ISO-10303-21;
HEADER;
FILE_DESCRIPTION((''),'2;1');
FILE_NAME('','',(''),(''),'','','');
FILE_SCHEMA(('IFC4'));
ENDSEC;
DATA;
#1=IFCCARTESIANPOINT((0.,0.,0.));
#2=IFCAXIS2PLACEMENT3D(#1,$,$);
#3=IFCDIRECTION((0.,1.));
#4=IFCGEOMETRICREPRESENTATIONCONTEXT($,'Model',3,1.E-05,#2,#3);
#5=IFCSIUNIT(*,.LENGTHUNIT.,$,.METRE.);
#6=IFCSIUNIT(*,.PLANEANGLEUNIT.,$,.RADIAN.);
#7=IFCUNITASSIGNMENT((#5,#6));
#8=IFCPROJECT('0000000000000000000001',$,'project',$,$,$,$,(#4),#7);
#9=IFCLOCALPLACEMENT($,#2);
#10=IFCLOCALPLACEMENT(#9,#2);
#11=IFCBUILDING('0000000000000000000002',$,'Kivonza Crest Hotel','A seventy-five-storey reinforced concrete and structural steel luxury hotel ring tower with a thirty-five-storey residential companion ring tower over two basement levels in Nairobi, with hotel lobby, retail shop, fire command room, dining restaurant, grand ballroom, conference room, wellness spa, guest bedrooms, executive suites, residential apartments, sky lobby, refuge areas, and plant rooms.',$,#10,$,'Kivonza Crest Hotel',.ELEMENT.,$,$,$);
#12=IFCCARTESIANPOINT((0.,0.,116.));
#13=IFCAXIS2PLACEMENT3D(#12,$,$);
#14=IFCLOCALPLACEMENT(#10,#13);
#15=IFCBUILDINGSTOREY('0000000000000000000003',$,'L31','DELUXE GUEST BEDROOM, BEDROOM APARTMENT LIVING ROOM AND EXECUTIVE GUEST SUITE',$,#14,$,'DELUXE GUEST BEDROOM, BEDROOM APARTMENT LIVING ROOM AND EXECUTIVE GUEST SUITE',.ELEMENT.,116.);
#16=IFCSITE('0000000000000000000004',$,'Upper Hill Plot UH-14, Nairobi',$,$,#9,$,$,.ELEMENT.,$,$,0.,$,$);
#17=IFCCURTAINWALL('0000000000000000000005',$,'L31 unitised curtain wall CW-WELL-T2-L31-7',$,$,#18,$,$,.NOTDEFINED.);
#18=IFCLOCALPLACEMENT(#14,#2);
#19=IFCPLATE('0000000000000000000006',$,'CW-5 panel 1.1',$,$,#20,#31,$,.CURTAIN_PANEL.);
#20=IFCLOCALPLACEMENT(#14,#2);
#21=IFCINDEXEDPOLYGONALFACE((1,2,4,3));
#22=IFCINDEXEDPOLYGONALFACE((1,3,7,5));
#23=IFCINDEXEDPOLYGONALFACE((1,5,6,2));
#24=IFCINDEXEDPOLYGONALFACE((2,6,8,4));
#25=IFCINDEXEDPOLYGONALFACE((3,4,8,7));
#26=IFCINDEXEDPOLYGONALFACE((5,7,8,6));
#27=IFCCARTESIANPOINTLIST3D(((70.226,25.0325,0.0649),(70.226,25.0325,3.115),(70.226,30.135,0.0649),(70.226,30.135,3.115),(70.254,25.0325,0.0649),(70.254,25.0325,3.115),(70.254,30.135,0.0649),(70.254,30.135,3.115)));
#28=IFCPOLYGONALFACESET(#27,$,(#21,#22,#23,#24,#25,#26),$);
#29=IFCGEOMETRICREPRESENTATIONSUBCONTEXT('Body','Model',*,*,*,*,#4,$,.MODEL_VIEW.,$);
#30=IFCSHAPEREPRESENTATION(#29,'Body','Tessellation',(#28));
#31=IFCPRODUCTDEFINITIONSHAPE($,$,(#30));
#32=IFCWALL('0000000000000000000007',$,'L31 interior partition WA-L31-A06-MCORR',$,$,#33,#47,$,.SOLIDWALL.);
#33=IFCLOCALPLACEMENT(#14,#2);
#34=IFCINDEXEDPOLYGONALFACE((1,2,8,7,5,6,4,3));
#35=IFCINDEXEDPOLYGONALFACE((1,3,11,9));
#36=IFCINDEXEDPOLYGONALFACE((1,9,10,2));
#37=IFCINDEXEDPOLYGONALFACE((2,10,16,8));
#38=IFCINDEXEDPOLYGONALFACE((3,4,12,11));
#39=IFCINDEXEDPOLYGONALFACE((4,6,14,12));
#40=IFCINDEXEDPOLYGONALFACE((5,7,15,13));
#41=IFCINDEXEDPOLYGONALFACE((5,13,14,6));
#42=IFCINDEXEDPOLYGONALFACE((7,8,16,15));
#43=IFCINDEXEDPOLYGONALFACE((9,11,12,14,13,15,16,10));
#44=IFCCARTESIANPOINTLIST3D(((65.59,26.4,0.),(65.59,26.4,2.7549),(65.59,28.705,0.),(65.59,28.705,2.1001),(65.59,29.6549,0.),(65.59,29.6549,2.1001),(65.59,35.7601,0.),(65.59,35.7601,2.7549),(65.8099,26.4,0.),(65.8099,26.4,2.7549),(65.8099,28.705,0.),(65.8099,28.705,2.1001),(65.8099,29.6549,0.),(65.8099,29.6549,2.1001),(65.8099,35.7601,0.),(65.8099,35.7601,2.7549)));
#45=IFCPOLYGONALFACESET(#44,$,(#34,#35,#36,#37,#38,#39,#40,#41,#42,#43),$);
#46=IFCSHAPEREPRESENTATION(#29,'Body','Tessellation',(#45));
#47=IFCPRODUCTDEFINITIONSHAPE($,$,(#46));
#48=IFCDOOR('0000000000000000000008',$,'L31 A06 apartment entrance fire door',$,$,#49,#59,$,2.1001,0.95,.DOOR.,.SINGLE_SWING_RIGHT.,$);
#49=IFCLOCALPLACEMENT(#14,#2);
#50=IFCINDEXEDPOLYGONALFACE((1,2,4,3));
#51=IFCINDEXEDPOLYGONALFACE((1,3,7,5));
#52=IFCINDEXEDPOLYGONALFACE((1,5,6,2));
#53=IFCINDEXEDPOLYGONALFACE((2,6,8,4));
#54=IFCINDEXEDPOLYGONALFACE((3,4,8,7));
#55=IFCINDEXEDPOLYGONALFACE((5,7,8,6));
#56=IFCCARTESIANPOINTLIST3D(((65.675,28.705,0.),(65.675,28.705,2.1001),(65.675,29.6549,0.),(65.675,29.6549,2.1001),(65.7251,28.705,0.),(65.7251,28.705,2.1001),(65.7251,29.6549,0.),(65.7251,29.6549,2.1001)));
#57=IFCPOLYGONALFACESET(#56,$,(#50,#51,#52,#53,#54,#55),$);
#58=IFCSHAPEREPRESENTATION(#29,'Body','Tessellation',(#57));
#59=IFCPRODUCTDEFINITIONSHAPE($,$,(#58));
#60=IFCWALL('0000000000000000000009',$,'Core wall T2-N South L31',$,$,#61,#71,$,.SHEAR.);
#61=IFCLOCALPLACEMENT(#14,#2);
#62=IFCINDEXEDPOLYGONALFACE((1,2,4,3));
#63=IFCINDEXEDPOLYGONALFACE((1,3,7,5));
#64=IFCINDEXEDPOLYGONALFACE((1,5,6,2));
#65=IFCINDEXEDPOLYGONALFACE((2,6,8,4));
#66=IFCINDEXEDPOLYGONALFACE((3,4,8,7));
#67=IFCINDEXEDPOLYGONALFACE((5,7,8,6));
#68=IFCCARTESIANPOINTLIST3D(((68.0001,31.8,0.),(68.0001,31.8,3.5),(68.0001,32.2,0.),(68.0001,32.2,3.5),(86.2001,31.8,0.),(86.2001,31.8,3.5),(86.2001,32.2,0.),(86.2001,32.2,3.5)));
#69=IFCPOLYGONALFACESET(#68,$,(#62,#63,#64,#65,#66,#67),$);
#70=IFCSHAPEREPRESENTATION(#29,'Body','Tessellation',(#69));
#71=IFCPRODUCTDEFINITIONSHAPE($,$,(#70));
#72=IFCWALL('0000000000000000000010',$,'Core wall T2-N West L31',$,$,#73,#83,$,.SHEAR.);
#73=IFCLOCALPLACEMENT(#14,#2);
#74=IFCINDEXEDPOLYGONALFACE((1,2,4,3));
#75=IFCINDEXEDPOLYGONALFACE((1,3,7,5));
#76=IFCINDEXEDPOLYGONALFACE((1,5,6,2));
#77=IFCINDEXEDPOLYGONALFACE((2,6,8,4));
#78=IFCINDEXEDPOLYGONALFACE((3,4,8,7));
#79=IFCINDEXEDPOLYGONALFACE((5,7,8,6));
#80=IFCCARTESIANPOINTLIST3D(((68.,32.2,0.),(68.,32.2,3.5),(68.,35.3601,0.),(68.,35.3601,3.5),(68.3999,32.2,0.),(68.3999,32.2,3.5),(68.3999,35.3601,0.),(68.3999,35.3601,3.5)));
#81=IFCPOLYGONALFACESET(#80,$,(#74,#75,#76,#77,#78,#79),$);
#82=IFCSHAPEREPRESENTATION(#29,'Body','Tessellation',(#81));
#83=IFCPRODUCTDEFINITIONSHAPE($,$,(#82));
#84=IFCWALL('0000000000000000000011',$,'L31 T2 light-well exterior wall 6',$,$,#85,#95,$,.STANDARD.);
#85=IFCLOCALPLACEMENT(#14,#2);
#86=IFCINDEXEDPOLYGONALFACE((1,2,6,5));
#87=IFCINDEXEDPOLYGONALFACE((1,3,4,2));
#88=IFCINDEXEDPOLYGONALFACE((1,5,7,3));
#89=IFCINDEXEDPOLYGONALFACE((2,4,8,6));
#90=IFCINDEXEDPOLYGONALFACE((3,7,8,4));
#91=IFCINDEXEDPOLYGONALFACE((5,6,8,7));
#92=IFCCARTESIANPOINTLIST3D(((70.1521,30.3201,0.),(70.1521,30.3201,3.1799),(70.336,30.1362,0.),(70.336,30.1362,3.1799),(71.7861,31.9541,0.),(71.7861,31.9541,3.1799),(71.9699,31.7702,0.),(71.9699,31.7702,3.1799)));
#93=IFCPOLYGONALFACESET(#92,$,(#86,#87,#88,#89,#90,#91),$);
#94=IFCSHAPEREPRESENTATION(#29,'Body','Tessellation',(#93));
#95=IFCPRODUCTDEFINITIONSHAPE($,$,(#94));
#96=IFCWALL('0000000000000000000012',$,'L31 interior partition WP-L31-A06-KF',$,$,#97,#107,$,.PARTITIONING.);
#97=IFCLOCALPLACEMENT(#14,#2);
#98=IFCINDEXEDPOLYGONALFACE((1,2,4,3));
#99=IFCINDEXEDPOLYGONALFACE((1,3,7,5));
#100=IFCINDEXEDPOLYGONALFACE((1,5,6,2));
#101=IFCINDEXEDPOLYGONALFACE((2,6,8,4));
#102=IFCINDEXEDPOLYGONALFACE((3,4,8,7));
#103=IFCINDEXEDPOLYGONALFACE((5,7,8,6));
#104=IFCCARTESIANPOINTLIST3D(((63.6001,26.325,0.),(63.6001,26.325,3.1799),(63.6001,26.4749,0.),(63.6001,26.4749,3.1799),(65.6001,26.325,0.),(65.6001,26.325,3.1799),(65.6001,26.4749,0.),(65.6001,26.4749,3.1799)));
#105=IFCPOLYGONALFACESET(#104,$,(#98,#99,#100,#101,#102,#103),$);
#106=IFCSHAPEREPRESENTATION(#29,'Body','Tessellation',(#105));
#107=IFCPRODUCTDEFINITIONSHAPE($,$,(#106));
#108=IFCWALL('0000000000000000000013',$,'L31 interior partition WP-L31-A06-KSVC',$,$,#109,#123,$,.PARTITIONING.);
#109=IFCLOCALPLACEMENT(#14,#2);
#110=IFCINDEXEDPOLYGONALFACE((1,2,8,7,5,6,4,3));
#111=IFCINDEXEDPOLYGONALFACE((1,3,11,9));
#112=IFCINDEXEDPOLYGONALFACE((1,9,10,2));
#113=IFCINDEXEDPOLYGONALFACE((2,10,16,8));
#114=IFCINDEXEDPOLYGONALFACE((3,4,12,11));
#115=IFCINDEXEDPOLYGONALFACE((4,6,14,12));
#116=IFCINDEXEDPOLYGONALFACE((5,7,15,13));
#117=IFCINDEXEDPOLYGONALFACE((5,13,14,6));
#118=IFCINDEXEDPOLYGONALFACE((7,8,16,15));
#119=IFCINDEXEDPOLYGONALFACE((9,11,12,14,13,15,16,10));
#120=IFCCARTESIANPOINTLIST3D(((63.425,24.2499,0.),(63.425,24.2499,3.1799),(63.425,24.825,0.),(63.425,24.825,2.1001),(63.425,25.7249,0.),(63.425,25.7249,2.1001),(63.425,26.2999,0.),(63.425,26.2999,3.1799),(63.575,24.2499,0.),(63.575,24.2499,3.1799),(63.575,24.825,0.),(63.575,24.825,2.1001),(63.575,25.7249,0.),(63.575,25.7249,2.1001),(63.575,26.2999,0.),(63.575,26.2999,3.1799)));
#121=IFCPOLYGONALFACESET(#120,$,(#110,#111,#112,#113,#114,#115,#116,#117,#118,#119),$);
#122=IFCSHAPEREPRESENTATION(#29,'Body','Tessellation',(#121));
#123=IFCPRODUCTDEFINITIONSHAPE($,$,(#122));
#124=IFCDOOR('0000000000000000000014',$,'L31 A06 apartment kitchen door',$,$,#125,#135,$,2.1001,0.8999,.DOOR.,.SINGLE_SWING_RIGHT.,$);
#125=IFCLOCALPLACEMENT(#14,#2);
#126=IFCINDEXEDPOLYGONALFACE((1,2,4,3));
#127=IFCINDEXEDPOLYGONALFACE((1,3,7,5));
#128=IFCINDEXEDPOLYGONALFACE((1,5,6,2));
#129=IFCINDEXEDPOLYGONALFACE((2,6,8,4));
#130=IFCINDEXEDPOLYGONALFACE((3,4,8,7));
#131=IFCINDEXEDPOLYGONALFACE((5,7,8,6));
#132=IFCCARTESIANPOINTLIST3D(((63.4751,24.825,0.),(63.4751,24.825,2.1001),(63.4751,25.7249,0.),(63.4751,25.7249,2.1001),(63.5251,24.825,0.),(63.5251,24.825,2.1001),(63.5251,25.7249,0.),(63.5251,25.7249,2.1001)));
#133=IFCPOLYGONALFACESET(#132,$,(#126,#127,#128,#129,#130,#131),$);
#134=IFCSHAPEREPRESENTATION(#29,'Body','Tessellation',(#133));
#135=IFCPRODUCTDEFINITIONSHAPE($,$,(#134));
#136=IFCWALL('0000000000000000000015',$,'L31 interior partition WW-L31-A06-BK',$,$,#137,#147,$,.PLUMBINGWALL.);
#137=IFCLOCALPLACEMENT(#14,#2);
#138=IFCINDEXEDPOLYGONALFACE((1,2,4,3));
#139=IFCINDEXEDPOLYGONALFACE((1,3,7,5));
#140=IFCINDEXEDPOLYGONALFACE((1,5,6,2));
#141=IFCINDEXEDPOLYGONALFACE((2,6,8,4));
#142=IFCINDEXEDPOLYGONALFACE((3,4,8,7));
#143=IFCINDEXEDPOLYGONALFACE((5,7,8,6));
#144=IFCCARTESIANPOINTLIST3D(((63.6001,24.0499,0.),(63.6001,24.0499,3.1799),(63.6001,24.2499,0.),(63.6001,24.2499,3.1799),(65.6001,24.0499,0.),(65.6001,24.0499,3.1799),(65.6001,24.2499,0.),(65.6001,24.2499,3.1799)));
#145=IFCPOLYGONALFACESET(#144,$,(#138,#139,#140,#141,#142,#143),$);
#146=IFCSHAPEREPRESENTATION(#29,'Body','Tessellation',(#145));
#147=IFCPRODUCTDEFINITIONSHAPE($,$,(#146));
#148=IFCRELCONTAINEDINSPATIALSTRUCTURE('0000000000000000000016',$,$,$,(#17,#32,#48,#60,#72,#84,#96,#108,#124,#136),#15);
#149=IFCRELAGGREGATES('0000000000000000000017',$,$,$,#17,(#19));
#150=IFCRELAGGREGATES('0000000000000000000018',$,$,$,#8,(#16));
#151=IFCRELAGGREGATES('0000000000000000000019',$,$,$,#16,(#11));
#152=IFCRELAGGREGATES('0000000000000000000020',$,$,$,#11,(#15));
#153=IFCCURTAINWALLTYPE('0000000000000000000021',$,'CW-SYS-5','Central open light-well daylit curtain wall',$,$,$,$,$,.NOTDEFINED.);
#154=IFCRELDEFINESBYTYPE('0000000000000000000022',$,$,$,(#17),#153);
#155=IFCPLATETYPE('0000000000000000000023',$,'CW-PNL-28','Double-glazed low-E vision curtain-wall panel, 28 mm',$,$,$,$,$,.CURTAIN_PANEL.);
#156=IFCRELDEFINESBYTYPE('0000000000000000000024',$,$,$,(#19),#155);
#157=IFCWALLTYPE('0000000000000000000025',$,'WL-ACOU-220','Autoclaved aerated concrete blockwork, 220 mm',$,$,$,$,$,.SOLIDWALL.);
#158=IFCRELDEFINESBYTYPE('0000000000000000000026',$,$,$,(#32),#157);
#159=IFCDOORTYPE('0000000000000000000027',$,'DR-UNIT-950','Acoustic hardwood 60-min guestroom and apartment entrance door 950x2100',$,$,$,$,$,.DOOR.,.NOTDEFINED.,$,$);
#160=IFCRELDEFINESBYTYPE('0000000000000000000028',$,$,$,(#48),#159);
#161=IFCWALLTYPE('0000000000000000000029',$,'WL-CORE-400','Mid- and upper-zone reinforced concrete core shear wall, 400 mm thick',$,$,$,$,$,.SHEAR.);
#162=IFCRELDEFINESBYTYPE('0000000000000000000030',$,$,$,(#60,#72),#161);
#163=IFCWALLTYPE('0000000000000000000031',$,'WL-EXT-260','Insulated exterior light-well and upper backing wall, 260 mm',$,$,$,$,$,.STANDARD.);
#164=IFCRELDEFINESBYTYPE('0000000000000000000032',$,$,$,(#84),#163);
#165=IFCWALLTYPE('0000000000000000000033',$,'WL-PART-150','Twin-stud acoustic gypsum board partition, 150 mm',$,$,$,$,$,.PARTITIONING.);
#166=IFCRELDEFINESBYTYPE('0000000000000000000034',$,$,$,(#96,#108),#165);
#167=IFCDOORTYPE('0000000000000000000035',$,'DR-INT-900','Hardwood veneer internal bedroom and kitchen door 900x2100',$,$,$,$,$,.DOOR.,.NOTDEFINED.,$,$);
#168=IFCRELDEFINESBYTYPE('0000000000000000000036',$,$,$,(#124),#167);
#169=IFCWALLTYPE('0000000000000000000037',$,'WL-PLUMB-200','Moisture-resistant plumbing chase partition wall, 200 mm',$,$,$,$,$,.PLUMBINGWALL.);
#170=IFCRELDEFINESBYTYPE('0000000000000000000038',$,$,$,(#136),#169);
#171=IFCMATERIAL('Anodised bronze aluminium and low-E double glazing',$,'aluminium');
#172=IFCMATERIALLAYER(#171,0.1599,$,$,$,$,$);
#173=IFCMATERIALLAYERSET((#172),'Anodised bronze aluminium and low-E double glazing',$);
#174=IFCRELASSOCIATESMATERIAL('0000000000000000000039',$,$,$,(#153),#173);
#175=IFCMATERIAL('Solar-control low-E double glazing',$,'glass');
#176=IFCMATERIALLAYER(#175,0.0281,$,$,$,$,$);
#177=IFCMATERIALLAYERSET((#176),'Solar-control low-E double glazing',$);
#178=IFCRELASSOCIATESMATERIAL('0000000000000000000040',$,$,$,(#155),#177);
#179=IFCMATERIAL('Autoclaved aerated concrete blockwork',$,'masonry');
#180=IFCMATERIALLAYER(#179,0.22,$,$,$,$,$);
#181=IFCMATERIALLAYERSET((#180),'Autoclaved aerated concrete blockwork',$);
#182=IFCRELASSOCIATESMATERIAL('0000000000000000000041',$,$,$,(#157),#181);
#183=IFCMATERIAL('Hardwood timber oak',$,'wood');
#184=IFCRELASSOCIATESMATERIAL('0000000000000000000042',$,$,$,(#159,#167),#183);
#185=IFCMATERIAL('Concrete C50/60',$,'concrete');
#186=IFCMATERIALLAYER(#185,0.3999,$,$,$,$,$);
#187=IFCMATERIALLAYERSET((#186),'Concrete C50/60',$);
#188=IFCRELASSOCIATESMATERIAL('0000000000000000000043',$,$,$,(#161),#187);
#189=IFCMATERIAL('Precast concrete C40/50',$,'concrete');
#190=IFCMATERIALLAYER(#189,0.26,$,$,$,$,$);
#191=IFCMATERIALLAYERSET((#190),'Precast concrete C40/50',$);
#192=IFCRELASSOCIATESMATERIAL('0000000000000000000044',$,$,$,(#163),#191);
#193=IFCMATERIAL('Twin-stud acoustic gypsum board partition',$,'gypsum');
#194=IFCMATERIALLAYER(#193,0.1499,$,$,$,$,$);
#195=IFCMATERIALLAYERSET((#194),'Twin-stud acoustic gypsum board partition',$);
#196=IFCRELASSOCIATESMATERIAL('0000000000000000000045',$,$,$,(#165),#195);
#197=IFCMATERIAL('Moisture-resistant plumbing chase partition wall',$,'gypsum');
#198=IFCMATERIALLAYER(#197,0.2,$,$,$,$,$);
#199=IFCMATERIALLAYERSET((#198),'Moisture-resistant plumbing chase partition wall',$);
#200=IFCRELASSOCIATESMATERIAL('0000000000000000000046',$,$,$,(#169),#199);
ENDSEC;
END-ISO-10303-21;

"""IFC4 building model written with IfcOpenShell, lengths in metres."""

from ifc_helpers import new_model, si_unit, direction, frame, frame_2d, origin, origin_2d, place, context, subcontext, project, spatial, rectangle, extrude, material, layer, layer_set, type_object, element, fill, aggregate, save


model = new_model("IFC4")

# Units and contexts
model_context = context("Model", 3, precision=1e-05, world=origin(), true_north=direction((0.0, 1.0)))
body_context = subcontext(model_context, "Body", "Model", "MODEL_VIEW")
ifc_project = project(units=[si_unit("LENGTHUNIT", "METRE"), si_unit("PLANEANGLEUNIT", "RADIAN")], contexts=[model_context])

# Site, building, storey
site_placement = place(None, origin())
site = spatial("IfcSite", under=ifc_project, at=site_placement, Name="Upper Hill Plot UH-14, Nairobi", CompositionType="ELEMENT", RefElevation=0.0)
building_placement = place(site_placement, origin())
building = spatial("IfcBuilding", under=site, at=building_placement, Name="Kivonza Crest Hotel", Description="A seventy-five-storey reinforced concrete and structural steel luxury hotel ring tower with a thirty-five-storey residential companion ring tower over two basement levels in Nairobi, with hotel lobby, retail shop, fire command room, dining restaurant, grand ballroom, conference room, wellness spa, guest bedrooms, executive suites, residential apartments, sky lobby, refuge areas, and plant rooms.", LongName="Kivonza Crest Hotel", CompositionType="ELEMENT")
storey_placement = place(building_placement, frame((0.0, 0.0, 116.0)))
storey = spatial("IfcBuildingStorey", under=building, at=storey_placement, Name="L31", Description="DELUXE GUEST BEDROOM, BEDROOM APARTMENT LIVING ROOM AND EXECUTIVE GUEST SUITE", LongName="DELUXE GUEST BEDROOM, BEDROOM APARTMENT LIVING ROOM AND EXECUTIVE GUEST SUITE", CompositionType="ELEMENT", Elevation=116.0)

# Shared definitions
ifc_material_1 = material(Name="Concrete C50/60", Category="concrete")

# Curtain wall, plate
ifc_material_2 = material(Name="Anodised bronze aluminium and low-E double glazing", Category="aluminium")
ifc_layer_1 = layer(ifc_material_2, 0.1599)
ifc_layer_set_1 = layer_set([ifc_layer_1], Name="Anodised bronze aluminium and low-E double glazing")
curtain_wall_type = type_object("IfcCurtainWallType", Name="CW-SYS-5", Description="Central open light-well daylit curtain wall", PredefinedType="NOTDEFINED", material=ifc_layer_set_1)
curtain_wall_placement = place(storey_placement, origin())
curtain_wall = element("IfcCurtainWall", 1, at=curtain_wall_placement, inside=storey, type_object=curtain_wall_type, Name="L31 unitised curtain wall CW-WELL-T2-L31-7", PredefinedType="NOTDEFINED")
ifc_material_3 = material(Name="Solar-control low-E double glazing", Category="glass")
ifc_layer_2 = layer(ifc_material_3, 0.0281)
ifc_layer_set_2 = layer_set([ifc_layer_2], Name="Solar-control low-E double glazing")
plate_type = type_object("IfcPlateType", Name="CW-PNL-28", Description="Double-glazed low-E vision curtain-wall panel, 28 mm", PredefinedType="CURTAIN_PANEL", material=ifc_layer_set_2)
plate_placement = place(storey_placement, frame((70.24, 27.5837, 0.0649), z_axis=(0.0, 0.0, 1.0), x_axis=(0.0, -1.0, 0.0)))
plate = element("IfcPlate", 2, at=plate_placement, type_object=plate_type, Name="CW-5 panel 1.1", PredefinedType="CURTAIN_PANEL", context=body_context, shape_type="SweptSolid", body=[
    extrude(rectangle(XDim=5.1025, YDim=0.0281, at=origin_2d()), origin(), (0.0, 0.0, 1.0), 3.05),
])
aggregate(curtain_wall, [plate])

# Wall, opening, door
ifc_material_4 = material(Name="Autoclaved aerated concrete blockwork", Category="masonry")
ifc_layer_3 = layer(ifc_material_4, 0.22)
ifc_layer_set_3 = layer_set([ifc_layer_3], Name="Autoclaved aerated concrete blockwork")
wall_type_1 = type_object("IfcWallType", Name="WL-ACOU-220", Description="Autoclaved aerated concrete blockwork, 220 mm", PredefinedType="SOLIDWALL", material=ifc_layer_set_3)
wall_1_placement = place(storey_placement, frame((65.7, 26.3999, 0.0), z_axis=(0.0, 0.0, 1.0), x_axis=(0.0, 1.0, 0.0)))
wall_1 = element("IfcWall", 3, at=wall_1_placement, inside=storey, type_object=wall_type_1, Name="L31 interior partition WA-L31-A06-MCORR", PredefinedType="SOLIDWALL", context=body_context, shape_type="SweptSolid", body=[
    extrude(rectangle(XDim=9.3601, YDim=0.22, at=frame_2d((4.6802, 0.0))), origin(), (0.0, 0.0, 1.0), 2.7549),
])
opening_1_placement = place(wall_1_placement, frame((2.3049, 0.0, 0.0)))
opening_1 = element("IfcOpeningElement", 4, at=opening_1_placement, cuts=wall_1, PredefinedType="OPENING", context=body_context, shape_type="SweptSolid", body=[
    extrude(rectangle(XDim=0.95, YDim=2.1001, at=frame_2d((0.4751, 1.05))), frame((0.0, 0.1201, 0.0), z_axis=(0.0, -1.0, 0.0), x_axis=(1.0, 0.0, 0.0)), (0.0, 0.0, 1.0), 0.24),
])
ifc_material_5 = material(Name="Hardwood timber oak", Category="wood")
door_type_1 = type_object("IfcDoorType", Name="DR-UNIT-950", Description="Acoustic hardwood 60-min guestroom and apartment entrance door 950x2100", OperationType="NOTDEFINED", PredefinedType="DOOR", material=ifc_material_5)
door_1_placement = place(opening_1_placement, origin())
door_1 = element("IfcDoor", 5, at=door_1_placement, inside=storey, type_object=door_type_1, Name="L31 A06 apartment entrance fire door", OperationType="SINGLE_SWING_RIGHT", OverallHeight=2.1001, OverallWidth=0.95, PredefinedType="DOOR", context=body_context, shape_type="SweptSolid", body=[
    extrude(rectangle(XDim=0.95, YDim=2.1001, at=frame_2d((0.4751, 1.05))), frame((0.0, 0.0249, 0.0), z_axis=(0.0, -1.0, 0.0), x_axis=(1.0, 0.0, 0.0)), (0.0, 0.0, 1.0), 0.05),
])
fill(opening_1, door_1)

# Walls
ifc_layer_4 = layer(ifc_material_1, 0.3999)
ifc_layer_set_4 = layer_set([ifc_layer_4], Name="Concrete C50/60")
wall_type_2 = type_object("IfcWallType", Name="WL-CORE-400", Description="Mid- and upper-zone reinforced concrete core shear wall, 400 mm thick", PredefinedType="SHEAR", material=ifc_layer_set_4)
wall_2_placement = place(storey_placement, frame((68.0, 32.0, 0.0), z_axis=(0.0, 0.0, 1.0), x_axis=(1.0, 0.0, 0.0)))
element("IfcWall", 6, at=wall_2_placement, inside=storey, type_object=wall_type_2, Name="Core wall T2-N South L31", PredefinedType="SHEAR", context=body_context, shape_type="SweptSolid", body=[
    extrude(rectangle(XDim=18.2, YDim=0.3999, at=frame_2d((9.1001, 0.0))), origin(), (0.0, 0.0, 1.0), 3.5),
])
wall_3_placement = place(storey_placement, frame((68.2, 32.2, 0.0), z_axis=(0.0, 0.0, 1.0), x_axis=(0.0, 1.0, 0.0)))
element("IfcWall", 7, at=wall_3_placement, inside=storey, type_object=wall_type_2, Name="Core wall T2-N West L31", PredefinedType="SHEAR", context=body_context, shape_type="SweptSolid", body=[
    extrude(rectangle(XDim=3.1602, YDim=0.3999, at=frame_2d((1.5801, 0.0))), origin(), (0.0, 0.0, 1.0), 3.5),
])
ifc_material_6 = material(Name="Precast concrete C40/50", Category="concrete")
ifc_layer_5 = layer(ifc_material_6, 0.26)
ifc_layer_set_5 = layer_set([ifc_layer_5], Name="Precast concrete C40/50")
wall_type_3 = type_object("IfcWallType", Name="WL-EXT-260", Description="Insulated exterior light-well and upper backing wall, 260 mm", PredefinedType="STANDARD", material=ifc_layer_set_5)
wall_4_placement = place(storey_placement, frame((71.8779, 31.8621, 0.0), z_axis=(0.0, 0.0, 1.0), x_axis=(-0.707107, -0.707107, 0.0)))
element("IfcWall", 8, at=wall_4_placement, inside=storey, type_object=wall_type_3, Name="L31 T2 light-well exterior wall 6", PredefinedType="STANDARD", context=body_context, shape_type="SweptSolid", body=[
    extrude(rectangle(XDim=2.3108, YDim=0.26, at=frame_2d((1.1553, 0.0))), origin(), (0.0, 0.0, 1.0), 3.1799),
])
ifc_material_7 = material(Name="Twin-stud acoustic gypsum board partition", Category="gypsum")
ifc_layer_6 = layer(ifc_material_7, 0.1499)
ifc_layer_set_6 = layer_set([ifc_layer_6], Name="Twin-stud acoustic gypsum board partition")
wall_type_4 = type_object("IfcWallType", Name="WL-PART-150", Description="Twin-stud acoustic gypsum board partition, 150 mm", PredefinedType="PARTITIONING", material=ifc_layer_set_6)
wall_5_placement = place(storey_placement, frame((63.6001, 26.3999, 0.0), z_axis=(0.0, 0.0, 1.0), x_axis=(1.0, 0.0, 0.0)))
element("IfcWall", 9, at=wall_5_placement, inside=storey, type_object=wall_type_4, Name="L31 interior partition WP-L31-A06-KF", PredefinedType="PARTITIONING", context=body_context, shape_type="SweptSolid", body=[
    extrude(rectangle(XDim=2.0, YDim=0.1499, at=frame_2d((1.0, 0.0))), origin(), (0.0, 0.0, 1.0), 3.1799),
])

# Wall, opening, door
wall_6_placement = place(storey_placement, frame((63.5, 24.25, 0.0), z_axis=(0.0, 0.0, 1.0), x_axis=(0.0, 1.0, 0.0)))
wall_6 = element("IfcWall", 10, at=wall_6_placement, inside=storey, type_object=wall_type_4, Name="L31 interior partition WP-L31-A06-KSVC", PredefinedType="PARTITIONING", context=body_context, shape_type="SweptSolid", body=[
    extrude(rectangle(XDim=2.05, YDim=0.1499, at=frame_2d((1.0249, 0.0))), origin(), (0.0, 0.0, 1.0), 3.1799),
])
opening_2_placement = place(wall_6_placement, frame((0.575, 0.0, 0.0)))
opening_2 = element("IfcOpeningElement", 11, at=opening_2_placement, cuts=wall_6, PredefinedType="OPENING", context=body_context, shape_type="SweptSolid", body=[
    extrude(rectangle(XDim=0.8999, YDim=2.1001, at=frame_2d((0.45, 1.05))), frame((0.0, 0.085, 0.0), z_axis=(0.0, -1.0, 0.0), x_axis=(1.0, 0.0, 0.0)), (0.0, 0.0, 1.0), 0.1699),
])
door_type_2 = type_object("IfcDoorType", Name="DR-INT-900", Description="Hardwood veneer internal bedroom and kitchen door 900x2100", OperationType="NOTDEFINED", PredefinedType="DOOR", material=ifc_material_5)
door_2_placement = place(opening_2_placement, origin())
door_2 = element("IfcDoor", 12, at=door_2_placement, inside=storey, type_object=door_type_2, Name="L31 A06 apartment kitchen door", OperationType="SINGLE_SWING_RIGHT", OverallHeight=2.1001, OverallWidth=0.8999, PredefinedType="DOOR", context=body_context, shape_type="SweptSolid", body=[
    extrude(rectangle(XDim=0.8999, YDim=2.1001, at=frame_2d((0.45, 1.05))), frame((0.0, 0.0249, 0.0), z_axis=(0.0, -1.0, 0.0), x_axis=(1.0, 0.0, 0.0)), (0.0, 0.0, 1.0), 0.05),
])
fill(opening_2, door_2)

# Wall
ifc_material_8 = material(Name="Moisture-resistant plumbing chase partition wall", Category="gypsum")
ifc_layer_7 = layer(ifc_material_8, 0.2)
ifc_layer_set_7 = layer_set([ifc_layer_7], Name="Moisture-resistant plumbing chase partition wall")
wall_type_5 = type_object("IfcWallType", Name="WL-PLUMB-200", Description="Moisture-resistant plumbing chase partition wall, 200 mm", PredefinedType="PLUMBINGWALL", material=ifc_layer_set_7)
wall_7_placement = place(storey_placement, frame((63.6001, 24.1499, 0.0), z_axis=(0.0, 0.0, 1.0), x_axis=(1.0, 0.0, 0.0)))
element("IfcWall", 13, at=wall_7_placement, inside=storey, type_object=wall_type_5, Name="L31 interior partition WW-L31-A06-BK", PredefinedType="PLUMBINGWALL", context=body_context, shape_type="SweptSolid", body=[
    extrude(rectangle(XDim=2.0, YDim=0.2, at=frame_2d((1.0, 0.0))), origin(), (0.0, 0.0, 1.0), 3.1799),
])

save(model, "model.ifc")
